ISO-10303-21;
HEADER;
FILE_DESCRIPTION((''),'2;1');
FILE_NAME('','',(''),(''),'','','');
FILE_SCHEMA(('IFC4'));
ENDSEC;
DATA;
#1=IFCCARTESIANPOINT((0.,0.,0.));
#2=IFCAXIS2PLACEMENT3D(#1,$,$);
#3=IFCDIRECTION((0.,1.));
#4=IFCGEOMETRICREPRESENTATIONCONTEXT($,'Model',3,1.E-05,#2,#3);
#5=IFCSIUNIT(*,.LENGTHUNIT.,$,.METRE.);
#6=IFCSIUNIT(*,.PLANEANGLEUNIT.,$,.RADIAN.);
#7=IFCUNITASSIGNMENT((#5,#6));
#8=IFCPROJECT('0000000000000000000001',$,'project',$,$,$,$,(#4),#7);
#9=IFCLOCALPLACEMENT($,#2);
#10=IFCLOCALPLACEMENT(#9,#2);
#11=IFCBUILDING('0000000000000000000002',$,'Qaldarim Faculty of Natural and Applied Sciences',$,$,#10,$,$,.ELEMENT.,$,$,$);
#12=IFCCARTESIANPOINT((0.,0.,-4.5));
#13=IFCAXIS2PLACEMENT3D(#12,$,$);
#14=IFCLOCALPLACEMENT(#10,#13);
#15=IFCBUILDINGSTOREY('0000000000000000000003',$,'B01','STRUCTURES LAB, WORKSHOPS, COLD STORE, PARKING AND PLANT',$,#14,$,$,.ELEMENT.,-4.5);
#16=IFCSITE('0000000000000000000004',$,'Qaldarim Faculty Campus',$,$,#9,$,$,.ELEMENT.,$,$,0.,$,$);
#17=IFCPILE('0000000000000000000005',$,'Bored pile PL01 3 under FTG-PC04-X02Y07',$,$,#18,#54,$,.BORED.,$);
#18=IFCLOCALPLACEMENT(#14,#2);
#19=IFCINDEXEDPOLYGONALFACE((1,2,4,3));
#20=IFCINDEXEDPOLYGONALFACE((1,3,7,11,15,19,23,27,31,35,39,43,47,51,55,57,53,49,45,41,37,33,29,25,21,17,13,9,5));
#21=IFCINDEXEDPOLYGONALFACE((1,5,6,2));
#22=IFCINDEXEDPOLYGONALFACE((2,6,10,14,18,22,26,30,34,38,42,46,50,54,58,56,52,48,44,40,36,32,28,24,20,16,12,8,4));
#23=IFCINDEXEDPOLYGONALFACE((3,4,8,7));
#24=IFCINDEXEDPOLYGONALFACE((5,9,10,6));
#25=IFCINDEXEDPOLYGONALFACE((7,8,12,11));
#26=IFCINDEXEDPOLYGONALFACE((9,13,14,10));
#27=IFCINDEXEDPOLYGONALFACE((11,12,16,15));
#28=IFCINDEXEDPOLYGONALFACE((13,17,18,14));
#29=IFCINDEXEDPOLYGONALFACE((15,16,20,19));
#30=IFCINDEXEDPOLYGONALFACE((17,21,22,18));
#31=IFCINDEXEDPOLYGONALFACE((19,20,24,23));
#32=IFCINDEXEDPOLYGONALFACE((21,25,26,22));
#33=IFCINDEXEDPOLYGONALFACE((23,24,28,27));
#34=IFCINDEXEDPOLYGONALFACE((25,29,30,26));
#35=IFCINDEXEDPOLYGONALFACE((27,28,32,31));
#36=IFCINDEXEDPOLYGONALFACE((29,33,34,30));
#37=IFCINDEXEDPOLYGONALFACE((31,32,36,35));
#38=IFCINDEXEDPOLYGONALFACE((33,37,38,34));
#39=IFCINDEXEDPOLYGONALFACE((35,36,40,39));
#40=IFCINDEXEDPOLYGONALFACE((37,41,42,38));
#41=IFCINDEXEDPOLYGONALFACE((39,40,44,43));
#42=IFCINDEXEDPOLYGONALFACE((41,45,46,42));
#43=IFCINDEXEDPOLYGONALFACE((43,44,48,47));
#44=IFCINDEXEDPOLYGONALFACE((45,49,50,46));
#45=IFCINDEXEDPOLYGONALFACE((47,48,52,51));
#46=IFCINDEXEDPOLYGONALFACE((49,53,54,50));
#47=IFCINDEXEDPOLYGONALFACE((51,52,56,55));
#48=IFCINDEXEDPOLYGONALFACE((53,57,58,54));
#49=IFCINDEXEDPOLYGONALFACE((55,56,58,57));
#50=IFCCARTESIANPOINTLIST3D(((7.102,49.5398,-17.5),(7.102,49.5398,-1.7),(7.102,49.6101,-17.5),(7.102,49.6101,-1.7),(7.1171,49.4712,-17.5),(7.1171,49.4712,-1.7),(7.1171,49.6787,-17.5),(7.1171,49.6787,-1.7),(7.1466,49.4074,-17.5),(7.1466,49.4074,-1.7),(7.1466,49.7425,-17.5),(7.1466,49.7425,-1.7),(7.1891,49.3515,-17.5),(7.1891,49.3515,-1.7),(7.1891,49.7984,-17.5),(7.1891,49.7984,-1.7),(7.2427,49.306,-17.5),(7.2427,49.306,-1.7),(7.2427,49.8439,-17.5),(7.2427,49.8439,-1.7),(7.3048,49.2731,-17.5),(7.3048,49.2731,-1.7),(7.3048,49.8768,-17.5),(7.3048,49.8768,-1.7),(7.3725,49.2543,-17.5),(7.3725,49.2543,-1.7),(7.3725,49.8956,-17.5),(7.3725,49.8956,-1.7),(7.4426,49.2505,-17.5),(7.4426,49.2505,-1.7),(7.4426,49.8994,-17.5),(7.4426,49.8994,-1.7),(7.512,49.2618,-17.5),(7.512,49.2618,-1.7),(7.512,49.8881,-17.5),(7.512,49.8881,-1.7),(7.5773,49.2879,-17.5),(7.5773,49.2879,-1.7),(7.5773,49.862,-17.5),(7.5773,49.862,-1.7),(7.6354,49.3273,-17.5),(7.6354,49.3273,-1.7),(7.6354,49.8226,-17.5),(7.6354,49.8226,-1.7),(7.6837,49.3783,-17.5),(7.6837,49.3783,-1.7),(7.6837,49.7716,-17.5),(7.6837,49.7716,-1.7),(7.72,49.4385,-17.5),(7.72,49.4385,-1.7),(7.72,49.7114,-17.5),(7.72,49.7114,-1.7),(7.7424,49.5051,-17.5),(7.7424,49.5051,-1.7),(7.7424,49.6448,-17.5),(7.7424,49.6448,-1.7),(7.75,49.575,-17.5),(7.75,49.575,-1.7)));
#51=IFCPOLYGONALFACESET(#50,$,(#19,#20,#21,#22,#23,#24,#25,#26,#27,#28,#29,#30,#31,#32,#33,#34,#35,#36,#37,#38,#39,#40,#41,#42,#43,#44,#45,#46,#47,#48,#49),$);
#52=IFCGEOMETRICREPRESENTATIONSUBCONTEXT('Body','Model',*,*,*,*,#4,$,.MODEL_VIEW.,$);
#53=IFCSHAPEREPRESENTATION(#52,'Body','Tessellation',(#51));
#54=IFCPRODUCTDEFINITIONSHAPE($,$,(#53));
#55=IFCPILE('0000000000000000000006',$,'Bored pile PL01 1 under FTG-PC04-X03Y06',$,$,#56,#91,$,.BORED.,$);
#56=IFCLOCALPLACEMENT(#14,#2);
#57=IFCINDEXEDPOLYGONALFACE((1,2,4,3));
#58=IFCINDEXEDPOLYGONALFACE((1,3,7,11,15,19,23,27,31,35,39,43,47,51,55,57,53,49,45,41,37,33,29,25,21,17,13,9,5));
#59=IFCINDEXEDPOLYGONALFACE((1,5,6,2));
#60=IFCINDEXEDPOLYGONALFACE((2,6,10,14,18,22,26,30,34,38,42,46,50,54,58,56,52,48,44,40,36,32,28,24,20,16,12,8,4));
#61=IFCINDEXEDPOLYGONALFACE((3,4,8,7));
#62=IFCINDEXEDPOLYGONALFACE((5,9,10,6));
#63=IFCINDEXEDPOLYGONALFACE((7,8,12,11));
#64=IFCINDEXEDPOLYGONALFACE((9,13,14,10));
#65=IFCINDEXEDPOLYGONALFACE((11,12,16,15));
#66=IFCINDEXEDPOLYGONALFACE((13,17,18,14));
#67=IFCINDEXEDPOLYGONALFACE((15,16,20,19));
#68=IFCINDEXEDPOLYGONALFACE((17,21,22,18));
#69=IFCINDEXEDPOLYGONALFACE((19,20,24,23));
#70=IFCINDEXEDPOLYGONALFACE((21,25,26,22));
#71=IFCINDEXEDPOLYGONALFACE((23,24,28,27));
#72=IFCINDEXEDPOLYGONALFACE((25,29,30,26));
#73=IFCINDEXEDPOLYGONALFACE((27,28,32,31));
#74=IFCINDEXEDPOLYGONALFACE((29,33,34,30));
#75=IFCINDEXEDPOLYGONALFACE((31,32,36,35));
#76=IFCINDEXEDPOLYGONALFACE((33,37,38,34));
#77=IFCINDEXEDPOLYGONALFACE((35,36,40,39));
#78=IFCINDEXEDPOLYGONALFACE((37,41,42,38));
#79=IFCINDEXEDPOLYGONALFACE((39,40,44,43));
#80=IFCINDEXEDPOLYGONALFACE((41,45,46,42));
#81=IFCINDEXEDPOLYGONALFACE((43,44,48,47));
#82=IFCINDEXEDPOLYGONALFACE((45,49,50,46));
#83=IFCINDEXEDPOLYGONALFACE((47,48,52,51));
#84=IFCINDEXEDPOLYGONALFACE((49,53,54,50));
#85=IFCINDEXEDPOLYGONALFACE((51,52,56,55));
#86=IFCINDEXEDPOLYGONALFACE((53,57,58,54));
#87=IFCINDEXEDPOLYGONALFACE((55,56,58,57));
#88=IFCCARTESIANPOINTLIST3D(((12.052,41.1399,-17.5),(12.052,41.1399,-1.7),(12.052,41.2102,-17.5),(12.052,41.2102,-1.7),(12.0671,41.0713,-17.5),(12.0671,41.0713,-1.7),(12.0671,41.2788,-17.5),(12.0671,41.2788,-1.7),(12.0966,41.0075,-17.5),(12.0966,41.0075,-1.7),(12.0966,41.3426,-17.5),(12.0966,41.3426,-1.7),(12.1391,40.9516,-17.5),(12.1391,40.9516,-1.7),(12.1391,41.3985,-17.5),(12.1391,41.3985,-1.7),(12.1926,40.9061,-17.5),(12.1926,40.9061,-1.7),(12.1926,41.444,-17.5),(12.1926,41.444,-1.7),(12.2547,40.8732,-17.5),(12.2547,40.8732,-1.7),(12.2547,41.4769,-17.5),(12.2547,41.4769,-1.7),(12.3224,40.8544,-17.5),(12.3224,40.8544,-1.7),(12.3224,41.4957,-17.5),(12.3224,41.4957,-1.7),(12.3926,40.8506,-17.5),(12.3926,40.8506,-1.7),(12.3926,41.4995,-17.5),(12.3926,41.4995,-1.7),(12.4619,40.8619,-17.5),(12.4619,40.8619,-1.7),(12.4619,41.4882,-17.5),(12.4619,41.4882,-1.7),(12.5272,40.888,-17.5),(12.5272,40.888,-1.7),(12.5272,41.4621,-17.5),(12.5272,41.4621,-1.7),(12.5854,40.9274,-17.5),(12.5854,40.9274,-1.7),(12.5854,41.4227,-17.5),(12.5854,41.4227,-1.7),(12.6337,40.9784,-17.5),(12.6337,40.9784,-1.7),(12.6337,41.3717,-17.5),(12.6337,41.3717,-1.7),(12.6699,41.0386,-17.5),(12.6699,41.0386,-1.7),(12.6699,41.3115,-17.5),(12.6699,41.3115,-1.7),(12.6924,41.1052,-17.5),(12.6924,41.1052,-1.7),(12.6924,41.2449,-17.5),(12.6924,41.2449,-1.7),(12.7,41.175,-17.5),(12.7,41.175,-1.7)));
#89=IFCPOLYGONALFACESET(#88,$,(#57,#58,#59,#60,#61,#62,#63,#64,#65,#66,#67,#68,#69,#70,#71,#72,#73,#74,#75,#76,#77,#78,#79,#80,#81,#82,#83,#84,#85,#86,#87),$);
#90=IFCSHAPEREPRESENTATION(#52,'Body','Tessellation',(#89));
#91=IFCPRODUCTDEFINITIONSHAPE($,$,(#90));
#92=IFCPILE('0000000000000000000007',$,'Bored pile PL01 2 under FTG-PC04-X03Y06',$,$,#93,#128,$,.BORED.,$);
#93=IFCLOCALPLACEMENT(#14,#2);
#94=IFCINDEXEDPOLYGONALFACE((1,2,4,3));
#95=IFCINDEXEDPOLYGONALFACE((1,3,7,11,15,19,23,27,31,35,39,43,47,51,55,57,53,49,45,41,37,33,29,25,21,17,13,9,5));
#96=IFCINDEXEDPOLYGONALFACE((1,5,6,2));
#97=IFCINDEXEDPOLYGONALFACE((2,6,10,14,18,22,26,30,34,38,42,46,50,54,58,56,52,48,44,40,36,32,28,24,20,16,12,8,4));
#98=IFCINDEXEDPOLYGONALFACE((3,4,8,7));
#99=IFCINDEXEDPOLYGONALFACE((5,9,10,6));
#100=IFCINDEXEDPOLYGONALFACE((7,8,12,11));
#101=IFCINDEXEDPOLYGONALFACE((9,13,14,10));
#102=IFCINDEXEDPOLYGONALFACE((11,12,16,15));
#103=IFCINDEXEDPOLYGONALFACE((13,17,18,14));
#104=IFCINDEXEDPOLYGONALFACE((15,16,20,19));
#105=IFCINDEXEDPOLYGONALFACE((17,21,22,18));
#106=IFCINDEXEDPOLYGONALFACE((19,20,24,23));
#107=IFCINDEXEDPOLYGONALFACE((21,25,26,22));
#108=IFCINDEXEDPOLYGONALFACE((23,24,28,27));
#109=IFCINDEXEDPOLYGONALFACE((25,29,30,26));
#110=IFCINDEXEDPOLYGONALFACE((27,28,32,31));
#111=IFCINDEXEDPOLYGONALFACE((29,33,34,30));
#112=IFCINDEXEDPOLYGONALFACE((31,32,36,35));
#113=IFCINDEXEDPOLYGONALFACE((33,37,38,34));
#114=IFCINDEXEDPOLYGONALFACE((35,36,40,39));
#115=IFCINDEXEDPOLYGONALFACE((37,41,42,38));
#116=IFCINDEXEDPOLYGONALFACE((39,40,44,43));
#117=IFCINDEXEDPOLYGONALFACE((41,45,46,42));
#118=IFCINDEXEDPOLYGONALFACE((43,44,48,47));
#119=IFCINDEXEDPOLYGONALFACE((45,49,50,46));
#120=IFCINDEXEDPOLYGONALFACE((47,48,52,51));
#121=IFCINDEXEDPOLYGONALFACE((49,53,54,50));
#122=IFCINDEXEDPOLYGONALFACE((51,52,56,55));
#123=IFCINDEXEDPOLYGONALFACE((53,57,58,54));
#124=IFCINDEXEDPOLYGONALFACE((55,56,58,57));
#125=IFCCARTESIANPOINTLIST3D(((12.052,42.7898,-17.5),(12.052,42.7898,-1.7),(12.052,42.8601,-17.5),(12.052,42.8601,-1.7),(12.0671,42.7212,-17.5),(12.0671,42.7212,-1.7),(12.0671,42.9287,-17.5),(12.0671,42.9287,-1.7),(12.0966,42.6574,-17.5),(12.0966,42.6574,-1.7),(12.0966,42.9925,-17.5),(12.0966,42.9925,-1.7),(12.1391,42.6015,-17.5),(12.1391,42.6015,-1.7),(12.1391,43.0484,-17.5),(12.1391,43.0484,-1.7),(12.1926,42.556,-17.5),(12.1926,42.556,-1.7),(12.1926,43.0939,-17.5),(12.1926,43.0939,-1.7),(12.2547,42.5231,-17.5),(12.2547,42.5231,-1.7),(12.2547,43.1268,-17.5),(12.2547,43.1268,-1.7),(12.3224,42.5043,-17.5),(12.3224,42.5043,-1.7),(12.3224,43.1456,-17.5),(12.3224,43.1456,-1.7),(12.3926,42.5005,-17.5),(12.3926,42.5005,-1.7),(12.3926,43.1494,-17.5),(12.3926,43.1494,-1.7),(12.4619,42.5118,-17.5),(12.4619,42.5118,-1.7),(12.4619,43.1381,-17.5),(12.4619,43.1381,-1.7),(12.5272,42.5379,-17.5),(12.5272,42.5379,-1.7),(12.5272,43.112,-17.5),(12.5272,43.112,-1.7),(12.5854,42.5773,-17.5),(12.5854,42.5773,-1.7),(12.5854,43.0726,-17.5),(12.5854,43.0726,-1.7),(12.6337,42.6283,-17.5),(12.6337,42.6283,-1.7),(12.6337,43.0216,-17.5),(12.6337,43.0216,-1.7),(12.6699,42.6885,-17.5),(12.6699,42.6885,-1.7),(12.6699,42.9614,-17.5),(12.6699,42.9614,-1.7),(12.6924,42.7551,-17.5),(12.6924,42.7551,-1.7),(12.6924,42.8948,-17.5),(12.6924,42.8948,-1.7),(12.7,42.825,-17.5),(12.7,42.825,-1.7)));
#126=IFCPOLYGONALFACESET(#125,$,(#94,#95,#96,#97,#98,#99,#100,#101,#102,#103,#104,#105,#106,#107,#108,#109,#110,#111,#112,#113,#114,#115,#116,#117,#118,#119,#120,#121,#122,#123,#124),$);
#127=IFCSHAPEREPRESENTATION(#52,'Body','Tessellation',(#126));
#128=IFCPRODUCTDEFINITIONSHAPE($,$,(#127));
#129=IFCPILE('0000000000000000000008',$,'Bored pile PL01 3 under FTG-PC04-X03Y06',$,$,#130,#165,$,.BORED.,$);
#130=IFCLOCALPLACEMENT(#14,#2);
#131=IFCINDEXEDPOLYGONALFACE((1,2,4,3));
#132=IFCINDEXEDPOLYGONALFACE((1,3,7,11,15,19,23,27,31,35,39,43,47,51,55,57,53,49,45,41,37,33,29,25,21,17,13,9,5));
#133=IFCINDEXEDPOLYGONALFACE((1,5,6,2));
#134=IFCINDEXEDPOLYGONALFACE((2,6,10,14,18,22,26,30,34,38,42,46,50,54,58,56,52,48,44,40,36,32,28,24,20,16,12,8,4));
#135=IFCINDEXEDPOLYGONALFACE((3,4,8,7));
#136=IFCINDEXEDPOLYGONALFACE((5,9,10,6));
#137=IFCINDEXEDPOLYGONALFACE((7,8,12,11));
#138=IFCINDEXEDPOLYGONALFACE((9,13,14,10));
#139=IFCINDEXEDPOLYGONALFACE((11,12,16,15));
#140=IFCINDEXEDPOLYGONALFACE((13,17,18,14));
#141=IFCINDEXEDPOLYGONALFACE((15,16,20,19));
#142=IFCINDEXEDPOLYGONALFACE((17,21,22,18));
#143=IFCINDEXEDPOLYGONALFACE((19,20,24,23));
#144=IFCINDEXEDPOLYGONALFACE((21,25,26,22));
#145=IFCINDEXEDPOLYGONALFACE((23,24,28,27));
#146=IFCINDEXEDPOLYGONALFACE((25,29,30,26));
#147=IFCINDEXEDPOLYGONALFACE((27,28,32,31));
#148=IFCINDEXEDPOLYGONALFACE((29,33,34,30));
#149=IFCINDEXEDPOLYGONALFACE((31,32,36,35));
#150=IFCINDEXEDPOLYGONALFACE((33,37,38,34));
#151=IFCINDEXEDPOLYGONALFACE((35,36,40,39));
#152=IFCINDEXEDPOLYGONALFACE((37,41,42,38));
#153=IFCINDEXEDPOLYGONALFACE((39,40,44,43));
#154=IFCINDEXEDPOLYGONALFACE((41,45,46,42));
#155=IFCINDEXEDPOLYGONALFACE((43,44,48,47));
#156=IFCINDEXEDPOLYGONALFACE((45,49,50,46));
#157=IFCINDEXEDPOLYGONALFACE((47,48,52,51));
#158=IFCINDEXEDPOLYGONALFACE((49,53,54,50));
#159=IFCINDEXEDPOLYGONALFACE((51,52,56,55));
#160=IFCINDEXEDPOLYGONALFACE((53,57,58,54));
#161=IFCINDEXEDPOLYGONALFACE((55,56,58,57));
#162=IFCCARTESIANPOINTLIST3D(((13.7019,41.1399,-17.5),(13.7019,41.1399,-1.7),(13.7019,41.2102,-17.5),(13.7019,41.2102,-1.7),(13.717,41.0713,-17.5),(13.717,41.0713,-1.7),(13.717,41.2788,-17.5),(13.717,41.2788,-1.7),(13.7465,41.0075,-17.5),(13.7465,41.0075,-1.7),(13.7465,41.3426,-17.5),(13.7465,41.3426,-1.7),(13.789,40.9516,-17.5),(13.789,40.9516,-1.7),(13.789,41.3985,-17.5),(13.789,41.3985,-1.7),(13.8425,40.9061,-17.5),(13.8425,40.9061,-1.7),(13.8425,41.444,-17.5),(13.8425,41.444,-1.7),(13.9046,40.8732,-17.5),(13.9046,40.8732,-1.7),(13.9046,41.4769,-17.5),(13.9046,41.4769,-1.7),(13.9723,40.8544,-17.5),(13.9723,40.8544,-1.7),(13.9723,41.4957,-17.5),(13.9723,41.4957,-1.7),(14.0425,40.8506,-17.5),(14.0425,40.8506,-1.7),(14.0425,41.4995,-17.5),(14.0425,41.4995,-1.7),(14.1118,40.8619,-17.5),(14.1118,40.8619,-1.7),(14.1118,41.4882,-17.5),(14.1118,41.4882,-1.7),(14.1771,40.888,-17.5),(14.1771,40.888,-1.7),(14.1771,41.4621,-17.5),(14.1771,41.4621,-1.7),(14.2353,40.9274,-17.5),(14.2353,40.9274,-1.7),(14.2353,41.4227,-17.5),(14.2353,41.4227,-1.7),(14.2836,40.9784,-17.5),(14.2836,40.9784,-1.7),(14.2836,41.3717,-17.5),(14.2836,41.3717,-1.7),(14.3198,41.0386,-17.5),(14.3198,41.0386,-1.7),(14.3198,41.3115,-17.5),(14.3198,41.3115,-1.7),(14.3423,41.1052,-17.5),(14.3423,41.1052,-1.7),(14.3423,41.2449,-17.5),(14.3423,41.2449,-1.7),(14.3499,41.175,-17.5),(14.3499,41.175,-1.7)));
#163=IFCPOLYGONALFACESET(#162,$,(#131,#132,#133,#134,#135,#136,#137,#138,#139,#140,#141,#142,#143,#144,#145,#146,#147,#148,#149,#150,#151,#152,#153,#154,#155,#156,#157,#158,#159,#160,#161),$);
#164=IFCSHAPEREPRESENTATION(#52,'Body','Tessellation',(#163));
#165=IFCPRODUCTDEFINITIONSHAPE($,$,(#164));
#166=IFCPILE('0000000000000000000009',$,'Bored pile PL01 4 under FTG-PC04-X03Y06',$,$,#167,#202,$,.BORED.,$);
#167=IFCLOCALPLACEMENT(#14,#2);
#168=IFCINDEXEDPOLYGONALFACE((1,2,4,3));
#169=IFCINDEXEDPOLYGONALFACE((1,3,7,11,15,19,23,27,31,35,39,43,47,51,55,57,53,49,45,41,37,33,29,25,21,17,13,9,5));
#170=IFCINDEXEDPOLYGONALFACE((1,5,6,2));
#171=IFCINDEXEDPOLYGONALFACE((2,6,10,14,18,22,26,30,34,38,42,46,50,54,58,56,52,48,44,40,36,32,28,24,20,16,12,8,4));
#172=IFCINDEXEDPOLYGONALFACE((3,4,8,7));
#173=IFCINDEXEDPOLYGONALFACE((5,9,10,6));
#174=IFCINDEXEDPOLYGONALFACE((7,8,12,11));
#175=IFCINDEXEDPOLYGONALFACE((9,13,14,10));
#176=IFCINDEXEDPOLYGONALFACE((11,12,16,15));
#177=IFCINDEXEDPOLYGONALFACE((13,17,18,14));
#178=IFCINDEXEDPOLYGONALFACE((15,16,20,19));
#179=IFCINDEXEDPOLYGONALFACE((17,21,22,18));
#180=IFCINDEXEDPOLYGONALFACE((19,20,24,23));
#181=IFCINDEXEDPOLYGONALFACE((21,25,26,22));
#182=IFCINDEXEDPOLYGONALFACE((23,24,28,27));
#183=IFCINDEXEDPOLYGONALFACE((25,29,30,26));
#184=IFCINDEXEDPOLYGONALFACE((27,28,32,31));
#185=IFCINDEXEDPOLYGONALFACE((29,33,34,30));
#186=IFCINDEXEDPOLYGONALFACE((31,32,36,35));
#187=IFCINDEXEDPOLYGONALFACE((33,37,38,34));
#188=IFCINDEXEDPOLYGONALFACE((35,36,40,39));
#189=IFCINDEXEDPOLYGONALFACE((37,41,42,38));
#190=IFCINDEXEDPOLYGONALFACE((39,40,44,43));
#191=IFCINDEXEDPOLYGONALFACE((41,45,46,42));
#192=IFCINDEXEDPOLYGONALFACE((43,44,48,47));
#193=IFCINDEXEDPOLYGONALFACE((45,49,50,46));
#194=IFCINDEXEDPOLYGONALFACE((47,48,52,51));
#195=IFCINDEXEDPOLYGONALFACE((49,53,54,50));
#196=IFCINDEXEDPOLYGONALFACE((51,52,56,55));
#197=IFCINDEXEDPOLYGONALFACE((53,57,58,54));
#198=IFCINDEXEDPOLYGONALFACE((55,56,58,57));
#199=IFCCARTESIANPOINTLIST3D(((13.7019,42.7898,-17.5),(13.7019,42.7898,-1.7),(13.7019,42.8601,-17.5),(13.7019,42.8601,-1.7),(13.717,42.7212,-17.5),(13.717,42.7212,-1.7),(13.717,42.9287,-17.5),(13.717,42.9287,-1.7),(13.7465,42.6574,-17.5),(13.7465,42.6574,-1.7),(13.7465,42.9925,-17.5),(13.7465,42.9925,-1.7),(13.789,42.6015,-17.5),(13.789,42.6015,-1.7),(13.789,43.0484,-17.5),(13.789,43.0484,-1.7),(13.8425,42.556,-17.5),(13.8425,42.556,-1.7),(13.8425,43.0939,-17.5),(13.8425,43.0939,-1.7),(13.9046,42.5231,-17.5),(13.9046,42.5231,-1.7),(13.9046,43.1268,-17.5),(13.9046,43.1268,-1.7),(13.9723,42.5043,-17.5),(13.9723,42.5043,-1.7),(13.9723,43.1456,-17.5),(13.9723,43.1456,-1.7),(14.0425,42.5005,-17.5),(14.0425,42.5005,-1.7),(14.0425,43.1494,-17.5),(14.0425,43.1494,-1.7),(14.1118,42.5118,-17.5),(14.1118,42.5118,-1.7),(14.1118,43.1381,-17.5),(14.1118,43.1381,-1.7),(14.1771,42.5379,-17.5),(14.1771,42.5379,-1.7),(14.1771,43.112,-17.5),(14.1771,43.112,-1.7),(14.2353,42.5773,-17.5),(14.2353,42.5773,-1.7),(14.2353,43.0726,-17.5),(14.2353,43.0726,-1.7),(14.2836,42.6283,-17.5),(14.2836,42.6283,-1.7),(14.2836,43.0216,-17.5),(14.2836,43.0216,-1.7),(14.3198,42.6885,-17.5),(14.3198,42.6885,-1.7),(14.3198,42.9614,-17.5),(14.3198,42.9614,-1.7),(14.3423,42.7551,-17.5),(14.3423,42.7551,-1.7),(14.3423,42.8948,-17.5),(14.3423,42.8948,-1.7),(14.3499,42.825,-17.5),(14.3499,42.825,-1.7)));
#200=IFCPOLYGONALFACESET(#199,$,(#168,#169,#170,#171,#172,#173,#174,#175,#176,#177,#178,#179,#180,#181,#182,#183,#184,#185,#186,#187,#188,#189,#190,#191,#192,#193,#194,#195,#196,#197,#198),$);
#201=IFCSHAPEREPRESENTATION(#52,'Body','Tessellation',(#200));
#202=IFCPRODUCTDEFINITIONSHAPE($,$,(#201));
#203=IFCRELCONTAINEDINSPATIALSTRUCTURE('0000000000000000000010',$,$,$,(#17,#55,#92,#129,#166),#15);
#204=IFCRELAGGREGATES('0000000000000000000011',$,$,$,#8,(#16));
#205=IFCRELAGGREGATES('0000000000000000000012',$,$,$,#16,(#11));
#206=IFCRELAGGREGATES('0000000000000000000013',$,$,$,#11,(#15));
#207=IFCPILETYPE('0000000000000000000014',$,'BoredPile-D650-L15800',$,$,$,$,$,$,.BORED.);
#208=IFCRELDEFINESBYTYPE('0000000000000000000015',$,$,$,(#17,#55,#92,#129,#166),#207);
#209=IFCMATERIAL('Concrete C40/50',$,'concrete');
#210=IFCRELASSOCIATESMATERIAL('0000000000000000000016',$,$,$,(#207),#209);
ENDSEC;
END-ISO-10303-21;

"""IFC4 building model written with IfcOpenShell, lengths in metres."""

from ifc_helpers import new_model, si_unit, direction, frame, origin, origin_2d, place, context, subcontext, project, spatial, circle, extrude, material, material_profile, profile_set, type_object, element, save


model = new_model("IFC4")

# Units and contexts
model_context = context("Model", 3, precision=1e-05, world=origin(), true_north=direction((0.0, 1.0)))
body_context = subcontext(model_context, "Body", "Model", "MODEL_VIEW")
ifc_project = project(units=[si_unit("LENGTHUNIT", "METRE"), si_unit("PLANEANGLEUNIT", "RADIAN")], contexts=[model_context])

# Site, building, storey
site_placement = place(None, origin())
site = spatial("IfcSite", under=ifc_project, at=site_placement, Name="Qaldarim Faculty Campus", CompositionType="ELEMENT", RefElevation=0.0)
building_placement = place(site_placement, origin())
building = spatial("IfcBuilding", under=site, at=building_placement, Name="Qaldarim Faculty of Natural and Applied Sciences", CompositionType="ELEMENT")
storey_placement = place(building_placement, frame((0.0, 0.0, -4.5)))
storey = spatial("IfcBuildingStorey", under=building, at=storey_placement, Name="B01", Description="STRUCTURES LAB, WORKSHOPS, COLD STORE, PARKING AND PLANT", CompositionType="ELEMENT", Elevation=-4.5)

# Piles
ifc_material_1 = material(Name="Concrete C40/50", Category="concrete")
ifc_material_profile_1 = material_profile(ifc_material_1, circle(Radius=0.325, at=origin_2d()), Name="PILE-D650")
ifc_profile_set_1 = profile_set([ifc_material_profile_1], Name="Concrete C40/50")
pile_type_1 = type_object("IfcPileType", Name="BoredPile-D650-L15800", PredefinedType="BORED", material=ifc_profile_set_1)
for number, where, z_axis, x_axis, name in (
    (1, (7.425, 49.575, -1.7), (0.0, 0.0, -1.0), (1.0, 0.0, 0.0), "Bored pile PL01 3 under FTG-PC04-X02Y07"),
    (2, (12.375, 41.175, -1.7), (0.0, 0.0, -1.0), (1.0, 0.0, 0.0), "Bored pile PL01 1 under FTG-PC04-X03Y06"),
    (3, (12.375, 42.825, -1.7), (0.0, 0.0, -1.0), (1.0, 0.0, 0.0), "Bored pile PL01 2 under FTG-PC04-X03Y06"),
    (4, (14.0249, 41.175, -1.7), (0.0, 0.0, -1.0), (1.0, 0.0, 0.0), "Bored pile PL01 3 under FTG-PC04-X03Y06"),
    (5, (14.0249, 42.825, -1.7), (0.0, 0.0, -1.0), (1.0, 0.0, 0.0), "Bored pile PL01 4 under FTG-PC04-X03Y06"),
):
    element("IfcPile", number, at=place(storey_placement, frame(where, z_axis=z_axis, x_axis=x_axis)), inside=storey, type_object=pile_type_1, Name=name, PredefinedType="BORED", context=body_context, shape_type="SweptSolid", body=[
        extrude(circle(Radius=0.325, at=origin_2d()), origin(), (0.0, 0.0, 1.0), 15.8),
    ])

save(model, "model.ifc")
